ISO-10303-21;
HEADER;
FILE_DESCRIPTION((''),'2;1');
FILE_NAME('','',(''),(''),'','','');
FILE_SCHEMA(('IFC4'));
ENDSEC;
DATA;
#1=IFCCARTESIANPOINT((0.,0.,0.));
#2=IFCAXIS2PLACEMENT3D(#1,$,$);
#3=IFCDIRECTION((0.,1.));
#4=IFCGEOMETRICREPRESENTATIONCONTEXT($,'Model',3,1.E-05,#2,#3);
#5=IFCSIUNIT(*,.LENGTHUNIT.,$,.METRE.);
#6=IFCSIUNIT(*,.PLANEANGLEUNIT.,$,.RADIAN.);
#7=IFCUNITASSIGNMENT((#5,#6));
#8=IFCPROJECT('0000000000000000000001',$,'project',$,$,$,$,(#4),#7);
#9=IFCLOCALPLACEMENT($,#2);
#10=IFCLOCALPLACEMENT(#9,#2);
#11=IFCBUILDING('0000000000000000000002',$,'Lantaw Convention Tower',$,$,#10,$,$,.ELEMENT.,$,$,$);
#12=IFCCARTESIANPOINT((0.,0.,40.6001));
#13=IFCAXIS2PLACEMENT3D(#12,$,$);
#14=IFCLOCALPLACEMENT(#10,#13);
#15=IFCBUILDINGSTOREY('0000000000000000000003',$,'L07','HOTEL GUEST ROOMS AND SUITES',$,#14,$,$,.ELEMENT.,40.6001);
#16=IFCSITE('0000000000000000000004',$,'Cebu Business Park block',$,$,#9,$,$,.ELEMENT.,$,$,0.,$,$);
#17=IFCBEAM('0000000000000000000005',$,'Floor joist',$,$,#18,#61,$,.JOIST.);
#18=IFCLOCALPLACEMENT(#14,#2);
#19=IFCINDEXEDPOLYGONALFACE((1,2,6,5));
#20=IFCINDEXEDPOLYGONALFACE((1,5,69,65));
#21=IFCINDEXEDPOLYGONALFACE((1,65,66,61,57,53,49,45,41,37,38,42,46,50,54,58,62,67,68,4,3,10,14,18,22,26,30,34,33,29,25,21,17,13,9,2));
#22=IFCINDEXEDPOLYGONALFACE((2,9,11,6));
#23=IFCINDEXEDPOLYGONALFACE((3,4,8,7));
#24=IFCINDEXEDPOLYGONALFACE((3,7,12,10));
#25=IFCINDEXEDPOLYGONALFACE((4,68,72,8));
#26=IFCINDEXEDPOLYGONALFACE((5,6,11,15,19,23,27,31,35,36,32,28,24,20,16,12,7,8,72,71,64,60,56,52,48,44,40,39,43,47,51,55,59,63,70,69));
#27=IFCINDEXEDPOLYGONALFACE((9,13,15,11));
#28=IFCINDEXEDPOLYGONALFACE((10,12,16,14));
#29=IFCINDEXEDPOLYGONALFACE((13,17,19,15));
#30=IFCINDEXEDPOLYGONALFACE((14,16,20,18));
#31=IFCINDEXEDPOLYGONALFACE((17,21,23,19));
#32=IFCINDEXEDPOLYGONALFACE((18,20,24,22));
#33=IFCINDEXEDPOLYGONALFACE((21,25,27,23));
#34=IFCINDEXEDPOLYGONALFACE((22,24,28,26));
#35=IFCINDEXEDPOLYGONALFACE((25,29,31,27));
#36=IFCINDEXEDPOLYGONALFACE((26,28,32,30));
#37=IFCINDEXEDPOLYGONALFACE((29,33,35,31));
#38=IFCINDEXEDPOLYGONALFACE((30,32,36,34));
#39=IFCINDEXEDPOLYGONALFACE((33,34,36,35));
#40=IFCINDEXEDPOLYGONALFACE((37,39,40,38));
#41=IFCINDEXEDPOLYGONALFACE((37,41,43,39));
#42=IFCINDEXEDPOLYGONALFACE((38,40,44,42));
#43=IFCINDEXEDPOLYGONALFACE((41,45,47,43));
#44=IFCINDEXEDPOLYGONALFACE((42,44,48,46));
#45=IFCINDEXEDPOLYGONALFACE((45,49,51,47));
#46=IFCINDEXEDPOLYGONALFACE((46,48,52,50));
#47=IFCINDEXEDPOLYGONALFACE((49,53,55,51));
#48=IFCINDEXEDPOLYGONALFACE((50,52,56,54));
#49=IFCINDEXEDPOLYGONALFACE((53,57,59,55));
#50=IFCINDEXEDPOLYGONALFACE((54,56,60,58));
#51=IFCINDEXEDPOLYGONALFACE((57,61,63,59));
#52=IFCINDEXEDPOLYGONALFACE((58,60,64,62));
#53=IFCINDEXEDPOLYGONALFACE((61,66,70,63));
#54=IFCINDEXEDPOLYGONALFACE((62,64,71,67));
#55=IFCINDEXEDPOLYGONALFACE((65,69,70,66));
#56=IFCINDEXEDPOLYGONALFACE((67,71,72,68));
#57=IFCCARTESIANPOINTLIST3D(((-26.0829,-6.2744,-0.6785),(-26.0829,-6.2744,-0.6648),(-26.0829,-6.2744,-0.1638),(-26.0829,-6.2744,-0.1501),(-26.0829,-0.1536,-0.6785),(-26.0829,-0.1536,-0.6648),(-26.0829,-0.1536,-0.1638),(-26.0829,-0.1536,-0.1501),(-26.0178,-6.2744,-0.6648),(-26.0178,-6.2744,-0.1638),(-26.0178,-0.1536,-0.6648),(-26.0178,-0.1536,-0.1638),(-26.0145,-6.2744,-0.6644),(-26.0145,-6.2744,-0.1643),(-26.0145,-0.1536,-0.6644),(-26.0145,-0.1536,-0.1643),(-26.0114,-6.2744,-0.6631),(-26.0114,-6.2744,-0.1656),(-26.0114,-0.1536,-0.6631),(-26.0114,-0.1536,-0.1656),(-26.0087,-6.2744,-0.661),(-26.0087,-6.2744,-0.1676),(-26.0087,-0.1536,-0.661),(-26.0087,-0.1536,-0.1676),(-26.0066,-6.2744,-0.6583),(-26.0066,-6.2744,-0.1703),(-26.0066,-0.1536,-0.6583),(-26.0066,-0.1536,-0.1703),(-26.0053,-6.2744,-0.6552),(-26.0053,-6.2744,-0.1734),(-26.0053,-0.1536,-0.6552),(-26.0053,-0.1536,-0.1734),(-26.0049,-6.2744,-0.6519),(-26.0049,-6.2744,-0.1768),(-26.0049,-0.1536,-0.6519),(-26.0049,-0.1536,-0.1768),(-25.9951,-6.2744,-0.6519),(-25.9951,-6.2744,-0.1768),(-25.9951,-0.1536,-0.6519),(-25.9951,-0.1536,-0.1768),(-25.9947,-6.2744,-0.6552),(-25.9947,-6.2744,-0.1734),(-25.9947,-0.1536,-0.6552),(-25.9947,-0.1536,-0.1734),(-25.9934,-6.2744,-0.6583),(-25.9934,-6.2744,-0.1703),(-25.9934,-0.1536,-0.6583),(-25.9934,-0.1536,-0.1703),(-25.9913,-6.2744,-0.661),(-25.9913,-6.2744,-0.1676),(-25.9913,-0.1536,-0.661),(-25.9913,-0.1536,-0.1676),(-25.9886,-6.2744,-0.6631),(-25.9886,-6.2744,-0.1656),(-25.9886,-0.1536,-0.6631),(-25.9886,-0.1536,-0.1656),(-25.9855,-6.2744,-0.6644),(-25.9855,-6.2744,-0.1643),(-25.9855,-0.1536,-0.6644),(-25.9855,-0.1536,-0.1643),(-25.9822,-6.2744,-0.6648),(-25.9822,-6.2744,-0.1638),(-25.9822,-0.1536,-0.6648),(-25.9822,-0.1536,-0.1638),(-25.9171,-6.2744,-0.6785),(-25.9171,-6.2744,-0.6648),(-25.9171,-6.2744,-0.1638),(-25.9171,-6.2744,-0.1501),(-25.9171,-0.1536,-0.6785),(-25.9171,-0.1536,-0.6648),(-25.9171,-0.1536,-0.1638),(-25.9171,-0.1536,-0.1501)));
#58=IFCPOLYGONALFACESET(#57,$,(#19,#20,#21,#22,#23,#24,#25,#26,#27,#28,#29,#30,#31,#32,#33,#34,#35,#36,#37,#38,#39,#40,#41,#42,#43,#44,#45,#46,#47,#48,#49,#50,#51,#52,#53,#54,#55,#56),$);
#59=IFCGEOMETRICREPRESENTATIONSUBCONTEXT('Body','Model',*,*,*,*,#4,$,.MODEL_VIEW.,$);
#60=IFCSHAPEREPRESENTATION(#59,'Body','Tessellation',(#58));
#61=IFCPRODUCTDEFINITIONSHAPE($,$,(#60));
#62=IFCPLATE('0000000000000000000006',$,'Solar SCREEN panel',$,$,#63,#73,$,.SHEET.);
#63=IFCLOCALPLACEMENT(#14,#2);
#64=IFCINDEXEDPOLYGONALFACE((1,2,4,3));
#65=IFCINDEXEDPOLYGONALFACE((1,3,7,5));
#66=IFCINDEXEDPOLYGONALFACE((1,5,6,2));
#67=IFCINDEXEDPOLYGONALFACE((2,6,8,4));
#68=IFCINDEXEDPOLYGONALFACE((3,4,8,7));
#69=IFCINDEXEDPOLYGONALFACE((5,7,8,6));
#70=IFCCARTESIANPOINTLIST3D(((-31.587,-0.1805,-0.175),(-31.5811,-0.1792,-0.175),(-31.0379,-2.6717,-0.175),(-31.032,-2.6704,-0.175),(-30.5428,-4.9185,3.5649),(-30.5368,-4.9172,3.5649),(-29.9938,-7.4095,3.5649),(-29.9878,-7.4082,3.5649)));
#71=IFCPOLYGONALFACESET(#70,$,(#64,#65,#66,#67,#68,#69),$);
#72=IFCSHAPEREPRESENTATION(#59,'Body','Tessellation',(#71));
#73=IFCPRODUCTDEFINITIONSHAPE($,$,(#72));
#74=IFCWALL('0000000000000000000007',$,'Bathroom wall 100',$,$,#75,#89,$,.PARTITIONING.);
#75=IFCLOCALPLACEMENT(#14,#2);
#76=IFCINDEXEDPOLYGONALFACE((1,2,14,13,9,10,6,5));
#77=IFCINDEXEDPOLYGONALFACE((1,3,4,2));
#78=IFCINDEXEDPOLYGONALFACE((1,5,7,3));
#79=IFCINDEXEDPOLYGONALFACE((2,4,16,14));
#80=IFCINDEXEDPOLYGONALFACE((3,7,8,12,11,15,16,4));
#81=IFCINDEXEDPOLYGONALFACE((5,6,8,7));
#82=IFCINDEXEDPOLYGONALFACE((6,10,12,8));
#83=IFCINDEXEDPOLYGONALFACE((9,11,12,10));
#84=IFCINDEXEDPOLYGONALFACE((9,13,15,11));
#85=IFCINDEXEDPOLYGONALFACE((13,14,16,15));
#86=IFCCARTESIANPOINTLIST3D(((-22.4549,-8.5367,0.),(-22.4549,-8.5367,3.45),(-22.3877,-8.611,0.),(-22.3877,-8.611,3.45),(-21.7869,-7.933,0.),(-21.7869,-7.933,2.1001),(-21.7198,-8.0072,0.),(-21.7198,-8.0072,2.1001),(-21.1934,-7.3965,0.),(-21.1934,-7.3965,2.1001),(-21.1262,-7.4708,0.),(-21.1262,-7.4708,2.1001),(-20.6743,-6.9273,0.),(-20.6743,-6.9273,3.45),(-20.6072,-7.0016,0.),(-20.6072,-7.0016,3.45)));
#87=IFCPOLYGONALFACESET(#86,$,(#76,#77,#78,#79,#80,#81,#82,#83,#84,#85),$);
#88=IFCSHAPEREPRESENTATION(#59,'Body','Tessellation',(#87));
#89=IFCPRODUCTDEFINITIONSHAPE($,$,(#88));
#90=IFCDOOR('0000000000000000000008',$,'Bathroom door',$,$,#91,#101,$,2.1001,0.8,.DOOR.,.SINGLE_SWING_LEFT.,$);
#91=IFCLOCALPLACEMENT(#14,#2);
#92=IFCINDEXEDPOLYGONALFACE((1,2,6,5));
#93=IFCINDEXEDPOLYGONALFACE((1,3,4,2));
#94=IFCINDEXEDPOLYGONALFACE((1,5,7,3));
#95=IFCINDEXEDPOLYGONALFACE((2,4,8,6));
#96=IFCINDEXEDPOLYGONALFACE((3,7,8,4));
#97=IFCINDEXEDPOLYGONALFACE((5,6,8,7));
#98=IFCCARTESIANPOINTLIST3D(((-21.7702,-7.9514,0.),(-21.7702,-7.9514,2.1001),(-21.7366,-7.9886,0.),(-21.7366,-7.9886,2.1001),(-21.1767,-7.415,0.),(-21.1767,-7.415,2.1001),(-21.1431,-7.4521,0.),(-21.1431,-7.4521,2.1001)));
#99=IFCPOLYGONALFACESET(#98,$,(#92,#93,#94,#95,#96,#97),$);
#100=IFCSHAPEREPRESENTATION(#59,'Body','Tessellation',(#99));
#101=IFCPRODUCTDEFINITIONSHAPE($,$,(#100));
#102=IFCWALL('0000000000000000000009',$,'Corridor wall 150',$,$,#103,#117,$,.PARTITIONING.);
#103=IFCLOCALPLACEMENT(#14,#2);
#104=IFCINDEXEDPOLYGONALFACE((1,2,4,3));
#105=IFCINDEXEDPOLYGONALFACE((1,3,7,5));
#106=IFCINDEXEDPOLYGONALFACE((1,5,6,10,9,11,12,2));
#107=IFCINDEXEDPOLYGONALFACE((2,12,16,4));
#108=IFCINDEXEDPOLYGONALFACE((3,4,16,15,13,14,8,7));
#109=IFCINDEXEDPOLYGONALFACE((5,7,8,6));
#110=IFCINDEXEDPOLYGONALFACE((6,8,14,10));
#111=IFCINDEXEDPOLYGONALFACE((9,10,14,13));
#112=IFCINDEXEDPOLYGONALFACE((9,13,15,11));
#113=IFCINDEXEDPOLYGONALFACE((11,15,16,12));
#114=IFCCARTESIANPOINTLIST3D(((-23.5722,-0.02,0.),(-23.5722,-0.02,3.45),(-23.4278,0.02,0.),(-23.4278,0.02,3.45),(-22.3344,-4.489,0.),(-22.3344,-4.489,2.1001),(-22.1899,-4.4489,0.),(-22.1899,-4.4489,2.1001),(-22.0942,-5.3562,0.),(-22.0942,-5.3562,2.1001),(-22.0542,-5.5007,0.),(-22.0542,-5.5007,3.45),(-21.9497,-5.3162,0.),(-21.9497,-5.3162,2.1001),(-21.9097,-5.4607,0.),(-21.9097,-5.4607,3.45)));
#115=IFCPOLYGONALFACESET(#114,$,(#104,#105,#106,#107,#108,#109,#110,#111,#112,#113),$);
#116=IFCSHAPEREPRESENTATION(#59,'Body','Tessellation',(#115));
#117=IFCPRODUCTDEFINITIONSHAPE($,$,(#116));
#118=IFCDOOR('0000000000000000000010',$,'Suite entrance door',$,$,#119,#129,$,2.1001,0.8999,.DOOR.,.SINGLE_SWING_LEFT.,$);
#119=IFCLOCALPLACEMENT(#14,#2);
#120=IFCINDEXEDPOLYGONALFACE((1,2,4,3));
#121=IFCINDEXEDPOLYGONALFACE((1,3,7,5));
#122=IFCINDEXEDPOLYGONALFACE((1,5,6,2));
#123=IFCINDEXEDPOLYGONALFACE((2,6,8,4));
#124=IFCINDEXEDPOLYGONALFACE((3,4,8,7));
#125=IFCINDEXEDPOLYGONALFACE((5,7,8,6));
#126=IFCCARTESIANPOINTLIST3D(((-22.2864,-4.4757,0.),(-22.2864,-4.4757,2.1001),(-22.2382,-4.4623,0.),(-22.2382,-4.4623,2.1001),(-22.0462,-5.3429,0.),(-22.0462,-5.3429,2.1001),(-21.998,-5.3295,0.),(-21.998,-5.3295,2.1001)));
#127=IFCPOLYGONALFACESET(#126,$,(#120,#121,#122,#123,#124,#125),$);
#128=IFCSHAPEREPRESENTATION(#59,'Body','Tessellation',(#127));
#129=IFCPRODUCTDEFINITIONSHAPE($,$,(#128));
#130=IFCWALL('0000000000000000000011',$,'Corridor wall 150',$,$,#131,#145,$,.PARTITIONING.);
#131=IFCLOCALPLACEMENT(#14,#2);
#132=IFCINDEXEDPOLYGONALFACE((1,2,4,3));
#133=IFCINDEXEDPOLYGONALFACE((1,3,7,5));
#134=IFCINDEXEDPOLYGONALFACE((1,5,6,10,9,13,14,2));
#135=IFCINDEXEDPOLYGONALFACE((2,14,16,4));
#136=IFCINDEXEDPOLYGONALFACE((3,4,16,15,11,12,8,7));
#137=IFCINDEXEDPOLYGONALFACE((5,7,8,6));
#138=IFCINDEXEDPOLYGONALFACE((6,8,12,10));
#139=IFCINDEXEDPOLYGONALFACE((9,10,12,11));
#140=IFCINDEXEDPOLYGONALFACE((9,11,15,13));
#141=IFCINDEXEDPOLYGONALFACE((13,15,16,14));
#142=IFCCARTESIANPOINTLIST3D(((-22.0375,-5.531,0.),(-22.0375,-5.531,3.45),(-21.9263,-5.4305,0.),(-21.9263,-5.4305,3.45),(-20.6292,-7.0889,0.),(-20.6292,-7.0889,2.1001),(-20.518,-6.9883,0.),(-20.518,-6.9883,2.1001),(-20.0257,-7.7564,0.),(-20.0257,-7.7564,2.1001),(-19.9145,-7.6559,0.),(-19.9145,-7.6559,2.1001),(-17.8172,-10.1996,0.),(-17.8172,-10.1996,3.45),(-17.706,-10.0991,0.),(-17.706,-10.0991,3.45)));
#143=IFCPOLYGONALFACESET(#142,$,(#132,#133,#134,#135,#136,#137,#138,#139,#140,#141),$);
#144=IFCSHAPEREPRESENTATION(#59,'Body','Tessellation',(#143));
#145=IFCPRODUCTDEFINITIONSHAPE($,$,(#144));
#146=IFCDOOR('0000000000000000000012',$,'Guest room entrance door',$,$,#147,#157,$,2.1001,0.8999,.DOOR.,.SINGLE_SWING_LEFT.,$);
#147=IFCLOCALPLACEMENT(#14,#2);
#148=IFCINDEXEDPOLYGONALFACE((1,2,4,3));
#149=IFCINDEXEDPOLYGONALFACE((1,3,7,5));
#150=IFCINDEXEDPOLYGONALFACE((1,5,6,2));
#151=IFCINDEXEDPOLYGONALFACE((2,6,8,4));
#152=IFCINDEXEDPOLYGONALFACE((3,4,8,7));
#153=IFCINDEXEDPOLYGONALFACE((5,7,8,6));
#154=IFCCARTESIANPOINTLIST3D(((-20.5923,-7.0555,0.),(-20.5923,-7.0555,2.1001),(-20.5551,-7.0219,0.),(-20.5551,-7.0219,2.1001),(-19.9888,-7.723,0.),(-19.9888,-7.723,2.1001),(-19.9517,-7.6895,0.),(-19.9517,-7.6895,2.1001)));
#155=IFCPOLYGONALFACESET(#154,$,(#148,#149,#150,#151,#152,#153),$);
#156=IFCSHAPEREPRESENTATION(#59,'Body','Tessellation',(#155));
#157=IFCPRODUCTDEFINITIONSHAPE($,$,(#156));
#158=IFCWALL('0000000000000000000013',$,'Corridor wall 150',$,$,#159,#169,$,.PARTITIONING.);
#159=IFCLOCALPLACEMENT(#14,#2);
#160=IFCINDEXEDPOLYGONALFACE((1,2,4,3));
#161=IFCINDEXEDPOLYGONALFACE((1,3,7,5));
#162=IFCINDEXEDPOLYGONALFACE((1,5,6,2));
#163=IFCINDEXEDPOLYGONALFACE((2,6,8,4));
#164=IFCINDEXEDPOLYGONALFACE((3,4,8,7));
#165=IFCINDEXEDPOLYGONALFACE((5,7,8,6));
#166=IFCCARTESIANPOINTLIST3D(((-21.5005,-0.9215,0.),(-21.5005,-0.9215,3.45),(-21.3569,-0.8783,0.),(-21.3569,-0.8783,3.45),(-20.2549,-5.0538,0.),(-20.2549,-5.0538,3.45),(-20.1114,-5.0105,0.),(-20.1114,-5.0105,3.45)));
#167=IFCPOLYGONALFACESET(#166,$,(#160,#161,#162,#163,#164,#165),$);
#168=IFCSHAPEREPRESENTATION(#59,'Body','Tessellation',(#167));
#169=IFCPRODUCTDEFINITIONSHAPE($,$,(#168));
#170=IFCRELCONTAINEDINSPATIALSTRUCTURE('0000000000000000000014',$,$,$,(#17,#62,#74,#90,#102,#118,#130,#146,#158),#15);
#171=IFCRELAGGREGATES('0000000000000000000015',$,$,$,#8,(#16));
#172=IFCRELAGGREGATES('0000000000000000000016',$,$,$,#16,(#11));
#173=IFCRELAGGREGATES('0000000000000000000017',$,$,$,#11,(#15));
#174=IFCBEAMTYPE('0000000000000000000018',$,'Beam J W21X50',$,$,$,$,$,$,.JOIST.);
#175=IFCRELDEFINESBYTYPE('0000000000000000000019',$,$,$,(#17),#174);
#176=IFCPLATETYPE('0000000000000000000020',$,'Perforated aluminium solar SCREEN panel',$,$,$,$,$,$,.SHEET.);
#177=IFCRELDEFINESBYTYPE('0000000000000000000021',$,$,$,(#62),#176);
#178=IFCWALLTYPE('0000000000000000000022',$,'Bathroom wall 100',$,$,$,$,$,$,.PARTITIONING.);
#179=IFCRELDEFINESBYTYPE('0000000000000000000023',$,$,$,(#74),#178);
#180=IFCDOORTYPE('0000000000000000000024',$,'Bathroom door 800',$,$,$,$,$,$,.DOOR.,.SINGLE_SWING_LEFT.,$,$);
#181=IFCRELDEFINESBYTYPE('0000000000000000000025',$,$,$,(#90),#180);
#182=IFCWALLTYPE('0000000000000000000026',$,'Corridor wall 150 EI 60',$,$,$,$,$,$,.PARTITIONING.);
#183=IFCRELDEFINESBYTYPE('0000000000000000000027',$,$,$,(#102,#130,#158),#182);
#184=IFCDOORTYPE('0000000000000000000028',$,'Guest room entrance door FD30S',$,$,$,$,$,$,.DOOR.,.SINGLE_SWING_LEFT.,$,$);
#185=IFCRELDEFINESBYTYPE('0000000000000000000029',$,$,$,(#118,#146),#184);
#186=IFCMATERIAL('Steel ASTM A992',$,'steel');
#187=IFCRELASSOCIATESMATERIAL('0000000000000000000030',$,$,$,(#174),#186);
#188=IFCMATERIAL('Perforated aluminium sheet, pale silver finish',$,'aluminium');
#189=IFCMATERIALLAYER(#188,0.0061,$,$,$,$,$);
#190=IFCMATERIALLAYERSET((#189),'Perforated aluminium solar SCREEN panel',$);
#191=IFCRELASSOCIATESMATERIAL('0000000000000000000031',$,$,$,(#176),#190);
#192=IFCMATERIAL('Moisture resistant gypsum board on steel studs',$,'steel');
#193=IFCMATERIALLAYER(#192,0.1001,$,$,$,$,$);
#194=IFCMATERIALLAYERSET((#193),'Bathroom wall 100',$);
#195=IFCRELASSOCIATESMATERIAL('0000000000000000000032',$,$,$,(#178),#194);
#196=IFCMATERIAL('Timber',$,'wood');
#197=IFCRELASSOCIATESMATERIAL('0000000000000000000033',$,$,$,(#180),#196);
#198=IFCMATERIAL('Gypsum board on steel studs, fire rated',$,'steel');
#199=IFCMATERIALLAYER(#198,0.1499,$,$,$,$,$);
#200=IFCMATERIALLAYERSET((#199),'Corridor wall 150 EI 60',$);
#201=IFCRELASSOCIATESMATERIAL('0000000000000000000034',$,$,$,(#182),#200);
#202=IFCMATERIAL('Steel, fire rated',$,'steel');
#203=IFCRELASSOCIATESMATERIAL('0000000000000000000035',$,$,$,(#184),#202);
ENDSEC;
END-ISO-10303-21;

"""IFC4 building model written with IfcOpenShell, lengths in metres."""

from ifc_helpers import new_model, si_unit, direction, frame, frame_2d, origin, origin_2d, place, context, subcontext, project, spatial, polyline, rectangle, i_section, outline, extrude, material, layer, layer_set, material_profile, profile_set, type_object, element, fill, save


model = new_model("IFC4")

# Units and contexts
model_context = context("Model", 3, precision=1e-05, world=origin(), true_north=direction((0.0, 1.0)))
body_context = subcontext(model_context, "Body", "Model", "MODEL_VIEW")
ifc_project = project(units=[si_unit("LENGTHUNIT", "METRE"), si_unit("PLANEANGLEUNIT", "RADIAN")], contexts=[model_context])

# Site, building, storey
site_placement = place(None, origin())
site = spatial("IfcSite", under=ifc_project, at=site_placement, Name="Cebu Business Park block", CompositionType="ELEMENT", RefElevation=0.0)
building_placement = place(site_placement, origin())
building = spatial("IfcBuilding", under=site, at=building_placement, Name="Lantaw Convention Tower", CompositionType="ELEMENT")
storey_placement = place(building_placement, frame((0.0, 0.0, 40.6001)))
storey = spatial("IfcBuildingStorey", under=building, at=storey_placement, Name="L07", Description="HOTEL GUEST ROOMS AND SUITES", CompositionType="ELEMENT", Elevation=40.6001)

# Beam
ifc_material_1 = material(Name="Steel ASTM A992", Category="steel")
ifc_material_profile_1 = material_profile(ifc_material_1, i_section(OverallWidth=0.1658, OverallDepth=0.5283, WebThickness=0.0098, FlangeThickness=0.0137, FilletRadius=0.0129, at=origin_2d()), Name="W21X50")
ifc_profile_set_1 = profile_set([ifc_material_profile_1], Name="Steel ASTM A992")
beam_type_1 = type_object("IfcBeamType", Name="Beam J W21X50", PredefinedType="JOIST", material=ifc_profile_set_1)
beam_1_placement = place(storey_placement, frame((-26.0, -6.2744, -0.4143), z_axis=(0.0, 1.0, 0.0), x_axis=(-1.0, 0.0, 0.0)))
element("IfcBeam", 1, at=beam_1_placement, inside=storey, type_object=beam_type_1, Name="Floor joist", PredefinedType="JOIST", context=body_context, shape_type="SweptSolid", body=[
    extrude(i_section(OverallWidth=0.1658, OverallDepth=0.5283, WebThickness=0.0098, FlangeThickness=0.0137, FilletRadius=0.0129, at=origin_2d()), origin(), (0.0, 0.0, 1.0), 6.1208),
])

# Plate
ifc_material_2 = material(Name="Perforated aluminium sheet, pale silver finish", Category="aluminium")
ifc_layer_1 = layer(ifc_material_2, 0.0061)
ifc_layer_set_1 = layer_set([ifc_layer_1], Name="Perforated aluminium solar SCREEN panel")
plate_type = type_object("IfcPlateType", Name="Perforated aluminium solar SCREEN panel", PredefinedType="SHEET", material=ifc_layer_set_1)
plate_placement = place(storey_placement, frame((-31.5811, -0.1792, -0.175), z_axis=(0.976559, 0.215248, 0.00003), x_axis=(0.215248, -0.976559, 0.0)))
element("IfcPlate", 2, at=plate_placement, inside=storey, type_object=plate_type, Name="Solar SCREEN panel", PredefinedType="SHEET", context=body_context, shape_type="SweptSolid", body=[
    extrude(outline(polyline([(0.0, 0.0), (2.551, 0.0), (7.4025, -3.74), (4.8517, -3.74), (0.0, 0.0)])), origin(), (0.0, 0.0, -1.0), 0.0061),
])

# Walls, openings, doors
ifc_material_3 = material(Name="Moisture resistant gypsum board on steel studs", Category="steel")
ifc_layer_2 = layer(ifc_material_3, 0.1001)
ifc_layer_set_2 = layer_set([ifc_layer_2], Name="Bathroom wall 100")
wall_type_1 = type_object("IfcWallType", Name="Bathroom wall 100", PredefinedType="PARTITIONING", material=ifc_layer_set_2)
wall_1_placement = place(storey_placement, frame((-20.6406, -6.9644, 0.0), z_axis=(0.0, 0.0, 1.0), x_axis=(-0.741861, -0.670554, 0.0)))
wall_1 = element("IfcWall", 3, at=wall_1_placement, inside=storey, type_object=wall_type_1, Name="Bathroom wall 100", PredefinedType="PARTITIONING", context=body_context, shape_type="SweptSolid", body=[
    extrude(rectangle(XDim=2.4001, YDim=0.1001, at=frame_2d((1.2002, 0.0))), origin(), (0.0, 0.0, 1.0), 3.45),
])
opening_1_placement = place(wall_1_placement, frame((0.7, 0.0, 0.0)))
opening_1 = element("IfcOpeningElement", 4, at=opening_1_placement, cuts=wall_1, PredefinedType="OPENING", context=body_context, shape_type="SweptSolid", body=[
    extrude(rectangle(XDim=0.8, YDim=2.1001, at=frame_2d((0.3999, 1.05))), frame((0.0, 0.0601, 0.0), z_axis=(0.0, -1.0, 0.0), x_axis=(1.0, 0.0, 0.0)), (0.0, 0.0, 1.0), 0.1201),
])
ifc_material_4 = material(Name="Timber", Category="wood")
door_type_1 = type_object("IfcDoorType", Name="Bathroom door 800", OperationType="SINGLE_SWING_LEFT", PredefinedType="DOOR", material=ifc_material_4)
door_1_placement = place(opening_1_placement, origin())
door_1 = element("IfcDoor", 5, at=door_1_placement, inside=storey, type_object=door_type_1, Name="Bathroom door", OperationType="SINGLE_SWING_LEFT", OverallHeight=2.1001, OverallWidth=0.8, PredefinedType="DOOR", context=body_context, shape_type="SweptSolid", body=[
    extrude(rectangle(XDim=0.8, YDim=2.1001, at=frame_2d((0.3999, 1.05))), frame((0.0, 0.0249, 0.0), z_axis=(0.0, -1.0, 0.0), x_axis=(1.0, 0.0, 0.0)), (0.0, 0.0, 1.0), 0.05),
])
fill(opening_1, door_1)
ifc_material_5 = material(Name="Gypsum board on steel studs, fire rated", Category="steel")
ifc_layer_3 = layer(ifc_material_5, 0.1499)
ifc_layer_set_3 = layer_set([ifc_layer_3], Name="Corridor wall 150 EI 60")
wall_type_2 = type_object("IfcWallType", Name="Corridor wall 150 EI 60", PredefinedType="PARTITIONING", material=ifc_layer_set_3)
wall_2_placement = place(storey_placement, frame((-23.5, 0.0, 0.0), z_axis=(0.0, 0.0, 1.0), x_axis=(0.266933, -0.963715, 0.0)))
wall_2 = element("IfcWall", 6, at=wall_2_placement, inside=storey, type_object=wall_type_2, Name="Corridor wall 150", PredefinedType="PARTITIONING", context=body_context, shape_type="SweptSolid", body=[
    extrude(rectangle(XDim=5.687, YDim=0.1499, at=frame_2d((2.8435, 0.0))), origin(), (0.0, 0.0, 1.0), 3.45),
])
opening_2_placement = place(wall_2_placement, frame((4.6372, 0.0, 0.0)))
opening_2 = element("IfcOpeningElement", 7, at=opening_2_placement, cuts=wall_2, PredefinedType="OPENING", context=body_context, shape_type="SweptSolid", body=[
    extrude(rectangle(XDim=0.8999, YDim=2.1001, at=frame_2d((0.45, 1.05))), frame((0.0, 0.085, 0.0), z_axis=(0.0, -1.0, 0.0), x_axis=(1.0, 0.0, 0.0)), (0.0, 0.0, 1.0), 0.1699),
])
ifc_material_6 = material(Name="Steel, fire rated", Category="steel")
door_type_2 = type_object("IfcDoorType", Name="Guest room entrance door FD30S", OperationType="SINGLE_SWING_LEFT", PredefinedType="DOOR", material=ifc_material_6)
door_2_placement = place(opening_2_placement, origin())
door_2 = element("IfcDoor", 8, at=door_2_placement, inside=storey, type_object=door_type_2, Name="Suite entrance door", OperationType="SINGLE_SWING_LEFT", OverallHeight=2.1001, OverallWidth=0.8999, PredefinedType="DOOR", context=body_context, shape_type="SweptSolid", body=[
    extrude(rectangle(XDim=0.8999, YDim=2.1001, at=frame_2d((0.45, 1.05))), frame((0.0, 0.0249, 0.0), z_axis=(0.0, -1.0, 0.0), x_axis=(1.0, 0.0, 0.0)), (0.0, 0.0, 1.0), 0.05),
])
fill(opening_2, door_2)
wall_3_placement = place(storey_placement, frame((-21.9819, -5.4807, 0.0), z_axis=(0.0, 0.0, 1.0), x_axis=(0.670598, -0.741821, 0.0)))
wall_3 = element("IfcWall", 9, at=wall_3_placement, inside=storey, type_object=wall_type_2, Name="Corridor wall 150", PredefinedType="PARTITIONING", context=body_context, shape_type="SweptSolid", body=[
    extrude(rectangle(XDim=6.2935, YDim=0.1499, at=frame_2d((3.1467, 0.0))), origin(), (0.0, 0.0, 1.0), 3.45),
])
opening_3_placement = place(wall_3_placement, frame((2.1001, 0.0, 0.0)))
opening_3 = element("IfcOpeningElement", 10, at=opening_3_placement, cuts=wall_3, PredefinedType="OPENING", context=body_context, shape_type="SweptSolid", body=[
    extrude(rectangle(XDim=0.8999, YDim=2.1001, at=frame_2d((0.45, 1.05))), frame((0.0, 0.085, 0.0), z_axis=(0.0, -1.0, 0.0), x_axis=(1.0, 0.0, 0.0)), (0.0, 0.0, 1.0), 0.1699),
])
door_3_placement = place(opening_3_placement, origin())
door_3 = element("IfcDoor", 11, at=door_3_placement, inside=storey, type_object=door_type_2, Name="Guest room entrance door", OperationType="SINGLE_SWING_LEFT", OverallHeight=2.1001, OverallWidth=0.8999, PredefinedType="DOOR", context=body_context, shape_type="SweptSolid", body=[
    extrude(rectangle(XDim=0.8999, YDim=2.1001, at=frame_2d((0.45, 1.05))), frame((0.0, 0.0249, 0.0), z_axis=(0.0, -1.0, 0.0), x_axis=(1.0, 0.0, 0.0)), (0.0, 0.0, 1.0), 0.05),
])
fill(opening_3, door_3)

# Wall
wall_4_placement = place(storey_placement, frame((-21.4287, -0.8999, 0.0), z_axis=(0.0, 0.0, 1.0), x_axis=(0.288604, -0.957449, 0.0)))
element("IfcWall", 12, at=wall_4_placement, inside=storey, type_object=wall_type_2, Name="Corridor wall 150", PredefinedType="PARTITIONING", context=body_context, shape_type="SweptSolid", body=[
    extrude(rectangle(XDim=4.3159, YDim=0.1499, at=frame_2d((2.158, 0.0))), origin(), (0.0, 0.0, 1.0), 3.45),
])

save(model, "model.ifc")
